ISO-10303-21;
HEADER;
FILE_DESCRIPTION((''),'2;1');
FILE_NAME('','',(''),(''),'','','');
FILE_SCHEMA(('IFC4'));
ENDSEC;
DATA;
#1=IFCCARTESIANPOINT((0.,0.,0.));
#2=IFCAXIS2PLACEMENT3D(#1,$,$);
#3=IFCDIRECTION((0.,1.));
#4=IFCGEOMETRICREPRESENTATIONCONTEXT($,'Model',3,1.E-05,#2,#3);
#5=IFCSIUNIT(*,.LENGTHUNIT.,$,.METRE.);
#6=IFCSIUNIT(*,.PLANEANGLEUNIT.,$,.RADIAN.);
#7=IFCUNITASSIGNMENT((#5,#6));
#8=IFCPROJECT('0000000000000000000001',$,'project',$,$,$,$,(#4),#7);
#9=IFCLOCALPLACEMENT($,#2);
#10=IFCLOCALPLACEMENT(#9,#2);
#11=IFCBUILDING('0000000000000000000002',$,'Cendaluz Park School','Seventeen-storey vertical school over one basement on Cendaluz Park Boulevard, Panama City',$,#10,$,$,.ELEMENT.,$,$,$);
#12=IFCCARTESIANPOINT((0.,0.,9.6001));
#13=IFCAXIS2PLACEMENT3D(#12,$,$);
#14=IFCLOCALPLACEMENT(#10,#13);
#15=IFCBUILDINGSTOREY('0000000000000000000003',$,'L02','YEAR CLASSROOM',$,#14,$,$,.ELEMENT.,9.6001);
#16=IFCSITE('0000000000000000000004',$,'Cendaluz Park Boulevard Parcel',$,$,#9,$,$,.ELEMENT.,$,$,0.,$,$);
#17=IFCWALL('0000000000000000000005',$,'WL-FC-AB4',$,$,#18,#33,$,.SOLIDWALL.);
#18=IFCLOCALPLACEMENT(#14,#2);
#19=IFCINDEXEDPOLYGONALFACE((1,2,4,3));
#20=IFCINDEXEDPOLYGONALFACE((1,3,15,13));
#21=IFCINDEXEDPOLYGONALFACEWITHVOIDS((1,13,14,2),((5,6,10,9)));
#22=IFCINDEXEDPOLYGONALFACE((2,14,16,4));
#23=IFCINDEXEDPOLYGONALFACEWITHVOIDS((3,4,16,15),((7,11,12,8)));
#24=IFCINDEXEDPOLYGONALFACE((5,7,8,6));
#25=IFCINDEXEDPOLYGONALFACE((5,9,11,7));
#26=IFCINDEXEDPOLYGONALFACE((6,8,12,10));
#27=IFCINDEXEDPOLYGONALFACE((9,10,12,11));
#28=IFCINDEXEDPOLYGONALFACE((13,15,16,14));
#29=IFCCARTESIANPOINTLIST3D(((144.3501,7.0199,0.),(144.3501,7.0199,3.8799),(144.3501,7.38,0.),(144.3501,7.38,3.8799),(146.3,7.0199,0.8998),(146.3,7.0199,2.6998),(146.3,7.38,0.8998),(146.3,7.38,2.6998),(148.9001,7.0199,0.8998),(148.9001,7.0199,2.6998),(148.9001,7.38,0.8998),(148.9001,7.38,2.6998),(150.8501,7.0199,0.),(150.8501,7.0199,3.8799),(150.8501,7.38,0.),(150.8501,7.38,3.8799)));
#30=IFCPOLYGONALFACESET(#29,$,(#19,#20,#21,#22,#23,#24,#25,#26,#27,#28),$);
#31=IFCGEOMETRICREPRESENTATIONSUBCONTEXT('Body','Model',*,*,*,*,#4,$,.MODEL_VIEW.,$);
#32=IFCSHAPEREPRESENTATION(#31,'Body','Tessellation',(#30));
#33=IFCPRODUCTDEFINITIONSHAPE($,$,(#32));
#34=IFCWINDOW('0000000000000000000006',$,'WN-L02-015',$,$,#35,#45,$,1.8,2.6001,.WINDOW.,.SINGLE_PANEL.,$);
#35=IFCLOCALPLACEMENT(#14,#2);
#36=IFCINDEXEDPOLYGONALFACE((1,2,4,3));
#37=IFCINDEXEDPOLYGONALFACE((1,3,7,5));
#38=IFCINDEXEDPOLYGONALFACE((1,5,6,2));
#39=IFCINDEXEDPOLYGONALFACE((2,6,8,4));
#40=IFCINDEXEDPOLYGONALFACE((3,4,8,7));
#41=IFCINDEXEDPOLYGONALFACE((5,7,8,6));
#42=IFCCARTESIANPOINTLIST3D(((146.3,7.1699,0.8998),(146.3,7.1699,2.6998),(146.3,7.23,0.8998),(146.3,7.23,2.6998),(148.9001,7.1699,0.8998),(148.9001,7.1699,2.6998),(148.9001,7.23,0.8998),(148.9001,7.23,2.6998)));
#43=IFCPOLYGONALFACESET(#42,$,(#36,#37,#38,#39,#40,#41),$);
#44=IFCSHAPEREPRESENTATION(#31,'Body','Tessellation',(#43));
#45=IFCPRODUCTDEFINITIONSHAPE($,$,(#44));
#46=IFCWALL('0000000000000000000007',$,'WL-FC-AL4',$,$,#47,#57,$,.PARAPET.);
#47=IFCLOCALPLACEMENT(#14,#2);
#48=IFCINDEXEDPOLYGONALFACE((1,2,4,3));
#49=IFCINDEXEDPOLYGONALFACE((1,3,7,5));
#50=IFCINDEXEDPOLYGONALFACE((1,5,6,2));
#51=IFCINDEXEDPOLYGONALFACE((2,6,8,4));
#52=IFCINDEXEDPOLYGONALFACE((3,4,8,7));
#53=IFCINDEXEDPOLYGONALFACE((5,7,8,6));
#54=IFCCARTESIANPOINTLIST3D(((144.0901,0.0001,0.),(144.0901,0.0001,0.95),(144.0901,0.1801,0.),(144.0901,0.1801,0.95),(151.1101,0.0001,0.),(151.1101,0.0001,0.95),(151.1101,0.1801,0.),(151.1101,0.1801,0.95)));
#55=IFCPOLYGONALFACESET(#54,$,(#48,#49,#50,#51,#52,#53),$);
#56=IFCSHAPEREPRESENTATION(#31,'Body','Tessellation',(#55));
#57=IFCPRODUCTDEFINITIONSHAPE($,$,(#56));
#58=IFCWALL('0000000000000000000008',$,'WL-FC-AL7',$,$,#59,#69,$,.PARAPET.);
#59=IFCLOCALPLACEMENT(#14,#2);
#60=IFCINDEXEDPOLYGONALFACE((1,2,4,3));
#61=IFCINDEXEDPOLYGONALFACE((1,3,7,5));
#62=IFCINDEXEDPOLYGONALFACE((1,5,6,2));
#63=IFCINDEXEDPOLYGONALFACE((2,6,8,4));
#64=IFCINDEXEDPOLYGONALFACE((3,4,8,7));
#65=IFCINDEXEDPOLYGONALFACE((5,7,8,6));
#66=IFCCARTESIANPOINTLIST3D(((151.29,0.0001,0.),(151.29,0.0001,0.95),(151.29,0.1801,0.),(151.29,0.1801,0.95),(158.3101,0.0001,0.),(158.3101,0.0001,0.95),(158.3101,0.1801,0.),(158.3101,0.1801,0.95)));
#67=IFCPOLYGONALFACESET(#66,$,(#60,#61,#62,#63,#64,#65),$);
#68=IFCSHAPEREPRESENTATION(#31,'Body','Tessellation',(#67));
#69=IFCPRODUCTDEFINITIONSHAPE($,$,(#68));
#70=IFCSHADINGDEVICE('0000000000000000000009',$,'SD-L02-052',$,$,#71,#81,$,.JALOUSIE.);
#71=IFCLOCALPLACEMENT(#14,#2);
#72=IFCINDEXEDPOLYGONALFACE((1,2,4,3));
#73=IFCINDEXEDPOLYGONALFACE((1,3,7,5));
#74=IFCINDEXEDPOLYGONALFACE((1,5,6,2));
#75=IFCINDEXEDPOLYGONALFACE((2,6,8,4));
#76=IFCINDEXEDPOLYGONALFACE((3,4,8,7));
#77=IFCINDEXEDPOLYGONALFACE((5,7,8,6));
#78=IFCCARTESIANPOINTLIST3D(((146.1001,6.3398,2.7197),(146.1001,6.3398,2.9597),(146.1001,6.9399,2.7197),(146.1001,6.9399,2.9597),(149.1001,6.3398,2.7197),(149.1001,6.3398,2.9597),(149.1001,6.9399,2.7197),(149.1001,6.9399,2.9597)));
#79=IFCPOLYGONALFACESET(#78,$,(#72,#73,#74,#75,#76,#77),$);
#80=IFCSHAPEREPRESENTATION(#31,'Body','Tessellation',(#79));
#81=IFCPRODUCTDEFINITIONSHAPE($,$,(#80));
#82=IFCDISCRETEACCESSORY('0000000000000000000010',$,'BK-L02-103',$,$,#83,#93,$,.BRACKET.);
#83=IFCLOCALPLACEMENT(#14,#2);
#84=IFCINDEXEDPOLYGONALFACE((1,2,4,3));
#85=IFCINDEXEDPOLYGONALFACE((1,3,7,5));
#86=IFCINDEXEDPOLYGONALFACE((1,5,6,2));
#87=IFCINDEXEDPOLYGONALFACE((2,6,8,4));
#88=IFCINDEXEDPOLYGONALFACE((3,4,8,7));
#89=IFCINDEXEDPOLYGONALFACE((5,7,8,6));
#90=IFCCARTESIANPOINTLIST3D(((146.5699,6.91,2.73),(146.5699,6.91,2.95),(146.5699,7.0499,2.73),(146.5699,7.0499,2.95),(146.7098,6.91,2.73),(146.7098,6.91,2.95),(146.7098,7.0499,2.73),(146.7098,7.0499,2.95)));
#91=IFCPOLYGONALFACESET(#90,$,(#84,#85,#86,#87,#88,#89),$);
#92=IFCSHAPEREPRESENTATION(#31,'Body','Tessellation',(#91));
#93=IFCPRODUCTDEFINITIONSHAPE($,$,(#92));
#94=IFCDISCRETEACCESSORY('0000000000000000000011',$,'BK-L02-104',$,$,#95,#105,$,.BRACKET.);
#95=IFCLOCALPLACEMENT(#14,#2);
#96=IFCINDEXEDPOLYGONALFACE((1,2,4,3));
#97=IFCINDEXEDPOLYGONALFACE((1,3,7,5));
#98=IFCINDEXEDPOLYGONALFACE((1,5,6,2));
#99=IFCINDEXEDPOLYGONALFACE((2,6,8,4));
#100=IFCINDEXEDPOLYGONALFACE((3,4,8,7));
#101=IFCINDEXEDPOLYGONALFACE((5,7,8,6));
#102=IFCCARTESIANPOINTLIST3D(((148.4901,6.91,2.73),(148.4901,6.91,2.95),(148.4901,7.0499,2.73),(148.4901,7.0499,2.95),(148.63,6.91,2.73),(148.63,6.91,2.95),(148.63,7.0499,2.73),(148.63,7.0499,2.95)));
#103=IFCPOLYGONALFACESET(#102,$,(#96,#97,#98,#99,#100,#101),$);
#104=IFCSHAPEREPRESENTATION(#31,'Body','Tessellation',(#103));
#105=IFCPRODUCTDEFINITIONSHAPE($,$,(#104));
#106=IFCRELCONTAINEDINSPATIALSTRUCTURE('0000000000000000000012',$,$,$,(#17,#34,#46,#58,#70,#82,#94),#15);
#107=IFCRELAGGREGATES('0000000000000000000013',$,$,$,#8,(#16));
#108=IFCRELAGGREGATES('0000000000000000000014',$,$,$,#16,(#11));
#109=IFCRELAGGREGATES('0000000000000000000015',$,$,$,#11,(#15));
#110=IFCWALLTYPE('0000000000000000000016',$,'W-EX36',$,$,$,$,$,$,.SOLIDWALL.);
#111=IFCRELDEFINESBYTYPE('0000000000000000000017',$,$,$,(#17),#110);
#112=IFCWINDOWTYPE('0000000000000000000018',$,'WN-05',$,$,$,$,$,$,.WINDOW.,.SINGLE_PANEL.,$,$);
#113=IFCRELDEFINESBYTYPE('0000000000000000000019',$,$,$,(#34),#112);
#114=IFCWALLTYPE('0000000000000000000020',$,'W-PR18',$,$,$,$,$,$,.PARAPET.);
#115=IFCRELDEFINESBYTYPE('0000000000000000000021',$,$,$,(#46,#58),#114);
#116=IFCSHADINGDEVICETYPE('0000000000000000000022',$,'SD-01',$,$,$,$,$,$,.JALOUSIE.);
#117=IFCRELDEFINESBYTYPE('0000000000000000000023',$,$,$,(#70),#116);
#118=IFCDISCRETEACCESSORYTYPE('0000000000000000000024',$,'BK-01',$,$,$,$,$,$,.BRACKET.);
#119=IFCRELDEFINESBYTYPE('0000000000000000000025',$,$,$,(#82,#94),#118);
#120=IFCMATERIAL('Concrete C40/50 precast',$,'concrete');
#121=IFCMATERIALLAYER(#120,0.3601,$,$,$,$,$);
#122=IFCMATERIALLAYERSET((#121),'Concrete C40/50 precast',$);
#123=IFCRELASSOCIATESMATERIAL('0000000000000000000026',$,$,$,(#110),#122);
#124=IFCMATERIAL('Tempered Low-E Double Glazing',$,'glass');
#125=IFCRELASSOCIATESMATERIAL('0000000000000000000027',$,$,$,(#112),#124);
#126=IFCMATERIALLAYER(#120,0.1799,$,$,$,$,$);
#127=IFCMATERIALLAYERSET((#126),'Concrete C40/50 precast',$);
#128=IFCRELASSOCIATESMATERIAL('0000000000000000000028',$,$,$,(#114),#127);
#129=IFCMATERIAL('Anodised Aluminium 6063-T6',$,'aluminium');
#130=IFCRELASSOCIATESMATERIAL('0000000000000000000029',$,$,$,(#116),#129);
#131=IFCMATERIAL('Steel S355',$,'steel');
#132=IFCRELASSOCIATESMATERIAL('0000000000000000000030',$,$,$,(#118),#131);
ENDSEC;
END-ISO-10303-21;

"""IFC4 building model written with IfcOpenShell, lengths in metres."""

from ifc_helpers import new_model, si_unit, direction, frame, frame_2d, origin, origin_2d, place, context, subcontext, project, spatial, rectangle, extrude, material, layer, layer_set, type_object, element, fill, save


model = new_model("IFC4")

# Units and contexts
model_context = context("Model", 3, precision=1e-05, world=origin(), true_north=direction((0.0, 1.0)))
body_context = subcontext(model_context, "Body", "Model", "MODEL_VIEW")
ifc_project = project(units=[si_unit("LENGTHUNIT", "METRE"), si_unit("PLANEANGLEUNIT", "RADIAN")], contexts=[model_context])

# Site, building, storey
site_placement = place(None, origin())
site = spatial("IfcSite", under=ifc_project, at=site_placement, Name="Cendaluz Park Boulevard Parcel", CompositionType="ELEMENT", RefElevation=0.0)
building_placement = place(site_placement, origin())
building = spatial("IfcBuilding", under=site, at=building_placement, Name="Cendaluz Park School", Description="Seventeen-storey vertical school over one basement on Cendaluz Park Boulevard, Panama City", CompositionType="ELEMENT")
storey_placement = place(building_placement, frame((0.0, 0.0, 9.6001)))
storey = spatial("IfcBuildingStorey", under=building, at=storey_placement, Name="L02", Description="YEAR CLASSROOM", CompositionType="ELEMENT", Elevation=9.6001)

# Shared definitions
ifc_material_1 = material(Name="Anodised Aluminium 6063-T6", Category="aluminium")

# Shared definitions
ifc_material_2 = material(Name="Tempered Low-E Double Glazing", Category="glass")

# Wall, opening, window
ifc_material_3 = material(Name="Concrete C40/50 precast", Category="concrete")
ifc_layer_1 = layer(ifc_material_3, 0.3601)
ifc_layer_set_1 = layer_set([ifc_layer_1], Name="Concrete C40/50 precast")
wall_type_1 = type_object("IfcWallType", Name="W-EX36", PredefinedType="SOLIDWALL", material=ifc_layer_set_1)
wall_placement = place(storey_placement, frame((144.3501, 7.2, 0.0), z_axis=(0.0, 0.0, 1.0), x_axis=(1.0, 0.0, 0.0)))
wall = element("IfcWall", 1, at=wall_placement, inside=storey, type_object=wall_type_1, Name="WL-FC-AB4", PredefinedType="SOLIDWALL", context=body_context, shape_type="SweptSolid", body=[
    extrude(rectangle(XDim=6.5, YDim=0.3601, at=frame_2d((3.25, 0.0))), origin(), (0.0, 0.0, 1.0), 3.8799),
])
opening_placement = place(wall_placement, frame((1.95, 0.0, 0.8999)))
opening = element("IfcOpeningElement", 2, at=opening_placement, cuts=wall, PredefinedType="OPENING", context=body_context, shape_type="SweptSolid", body=[
    extrude(rectangle(XDim=2.6001, YDim=1.8, at=frame_2d((1.3, 0.8999))), frame((0.0, 0.1921, 0.0), z_axis=(0.0, -1.0, 0.0), x_axis=(1.0, 0.0, 0.0)), (0.0, 0.0, 1.0), 0.384),
])
window_type = type_object("IfcWindowType", Name="WN-05", PartitioningType="SINGLE_PANEL", PredefinedType="WINDOW", material=ifc_material_2)
window_placement = place(opening_placement, origin())
window = element("IfcWindow", 3, at=window_placement, inside=storey, type_object=window_type, Name="WN-L02-015", OverallHeight=1.8, OverallWidth=2.6001, PartitioningType="SINGLE_PANEL", PredefinedType="WINDOW", context=body_context, shape_type="SweptSolid", body=[
    extrude(rectangle(XDim=2.6001, YDim=1.8, at=frame_2d((1.3, 0.8999))), frame((0.0, 0.03, 0.0), z_axis=(0.0, -1.0, 0.0), x_axis=(1.0, 0.0, 0.0)), (0.0, 0.0, 1.0), 0.0601),
])
fill(opening, window)

# Walls
ifc_layer_2 = layer(ifc_material_3, 0.1799)
ifc_layer_set_2 = layer_set([ifc_layer_2], Name="Concrete C40/50 precast")
wall_type_2 = type_object("IfcWallType", Name="W-PR18", PredefinedType="PARAPET", material=ifc_layer_set_2)
for number, where, z_axis, x_axis, name in (
    (4, (144.0901, 0.0901, 0.0), (0.0, 0.0, 1.0), (1.0, 0.0, 0.0), "WL-FC-AL4"),
    (5, (151.29, 0.0901, 0.0), (0.0, 0.0, 1.0), (1.0, 0.0, 0.0), "WL-FC-AL7"),
):
    element("IfcWall", number, at=place(storey_placement, frame(where, z_axis=z_axis, x_axis=x_axis)), inside=storey, type_object=wall_type_2, Name=name, PredefinedType="PARAPET", context=body_context, shape_type="SweptSolid", body=[
        extrude(rectangle(XDim=7.02, YDim=0.1799, at=frame_2d((3.51, 0.0))), origin(), (0.0, 0.0, 1.0), 0.95),
    ])

# Shading device
shading_device_type = type_object("IfcShadingDeviceType", Name="SD-01", PredefinedType="JALOUSIE", material=ifc_material_1)
shading_device_placement = place(storey_placement, frame((147.6001, 6.6399, 2.7197), z_axis=(0.0, 0.0, 1.0), x_axis=(1.0, 0.0, 0.0)))
element("IfcShadingDevice", 6, at=shading_device_placement, inside=storey, type_object=shading_device_type, Name="SD-L02-052", PredefinedType="JALOUSIE", context=body_context, shape_type="SweptSolid", body=[
    extrude(rectangle(XDim=3.0, YDim=0.6001, at=origin_2d()), origin(), (0.0, 0.0, 1.0), 0.24),
])

# Discrete accessories
ifc_material_4 = material(Name="Steel S355", Category="steel")
discrete_accessory_type = type_object("IfcDiscreteAccessoryType", Name="BK-01", PredefinedType="BRACKET", material=ifc_material_4)
for number, where, z_axis, x_axis, name in (
    (7, (146.6399, 6.98, 2.73), (0.0, 0.0, 1.0), (1.0, 0.0, 0.0), "BK-L02-103"),
    (8, (148.5601, 6.98, 2.73), (0.0, 0.0, 1.0), (1.0, 0.0, 0.0), "BK-L02-104"),
):
    element("IfcDiscreteAccessory", number, at=place(storey_placement, frame(where, z_axis=z_axis, x_axis=x_axis)), inside=storey, type_object=discrete_accessory_type, Name=name, PredefinedType="BRACKET", context=body_context, shape_type="SweptSolid", body=[
        extrude(rectangle(XDim=0.1399, YDim=0.1399, at=origin_2d()), origin(), (0.0, 0.0, 1.0), 0.22),
    ])

save(model, "model.ifc")
